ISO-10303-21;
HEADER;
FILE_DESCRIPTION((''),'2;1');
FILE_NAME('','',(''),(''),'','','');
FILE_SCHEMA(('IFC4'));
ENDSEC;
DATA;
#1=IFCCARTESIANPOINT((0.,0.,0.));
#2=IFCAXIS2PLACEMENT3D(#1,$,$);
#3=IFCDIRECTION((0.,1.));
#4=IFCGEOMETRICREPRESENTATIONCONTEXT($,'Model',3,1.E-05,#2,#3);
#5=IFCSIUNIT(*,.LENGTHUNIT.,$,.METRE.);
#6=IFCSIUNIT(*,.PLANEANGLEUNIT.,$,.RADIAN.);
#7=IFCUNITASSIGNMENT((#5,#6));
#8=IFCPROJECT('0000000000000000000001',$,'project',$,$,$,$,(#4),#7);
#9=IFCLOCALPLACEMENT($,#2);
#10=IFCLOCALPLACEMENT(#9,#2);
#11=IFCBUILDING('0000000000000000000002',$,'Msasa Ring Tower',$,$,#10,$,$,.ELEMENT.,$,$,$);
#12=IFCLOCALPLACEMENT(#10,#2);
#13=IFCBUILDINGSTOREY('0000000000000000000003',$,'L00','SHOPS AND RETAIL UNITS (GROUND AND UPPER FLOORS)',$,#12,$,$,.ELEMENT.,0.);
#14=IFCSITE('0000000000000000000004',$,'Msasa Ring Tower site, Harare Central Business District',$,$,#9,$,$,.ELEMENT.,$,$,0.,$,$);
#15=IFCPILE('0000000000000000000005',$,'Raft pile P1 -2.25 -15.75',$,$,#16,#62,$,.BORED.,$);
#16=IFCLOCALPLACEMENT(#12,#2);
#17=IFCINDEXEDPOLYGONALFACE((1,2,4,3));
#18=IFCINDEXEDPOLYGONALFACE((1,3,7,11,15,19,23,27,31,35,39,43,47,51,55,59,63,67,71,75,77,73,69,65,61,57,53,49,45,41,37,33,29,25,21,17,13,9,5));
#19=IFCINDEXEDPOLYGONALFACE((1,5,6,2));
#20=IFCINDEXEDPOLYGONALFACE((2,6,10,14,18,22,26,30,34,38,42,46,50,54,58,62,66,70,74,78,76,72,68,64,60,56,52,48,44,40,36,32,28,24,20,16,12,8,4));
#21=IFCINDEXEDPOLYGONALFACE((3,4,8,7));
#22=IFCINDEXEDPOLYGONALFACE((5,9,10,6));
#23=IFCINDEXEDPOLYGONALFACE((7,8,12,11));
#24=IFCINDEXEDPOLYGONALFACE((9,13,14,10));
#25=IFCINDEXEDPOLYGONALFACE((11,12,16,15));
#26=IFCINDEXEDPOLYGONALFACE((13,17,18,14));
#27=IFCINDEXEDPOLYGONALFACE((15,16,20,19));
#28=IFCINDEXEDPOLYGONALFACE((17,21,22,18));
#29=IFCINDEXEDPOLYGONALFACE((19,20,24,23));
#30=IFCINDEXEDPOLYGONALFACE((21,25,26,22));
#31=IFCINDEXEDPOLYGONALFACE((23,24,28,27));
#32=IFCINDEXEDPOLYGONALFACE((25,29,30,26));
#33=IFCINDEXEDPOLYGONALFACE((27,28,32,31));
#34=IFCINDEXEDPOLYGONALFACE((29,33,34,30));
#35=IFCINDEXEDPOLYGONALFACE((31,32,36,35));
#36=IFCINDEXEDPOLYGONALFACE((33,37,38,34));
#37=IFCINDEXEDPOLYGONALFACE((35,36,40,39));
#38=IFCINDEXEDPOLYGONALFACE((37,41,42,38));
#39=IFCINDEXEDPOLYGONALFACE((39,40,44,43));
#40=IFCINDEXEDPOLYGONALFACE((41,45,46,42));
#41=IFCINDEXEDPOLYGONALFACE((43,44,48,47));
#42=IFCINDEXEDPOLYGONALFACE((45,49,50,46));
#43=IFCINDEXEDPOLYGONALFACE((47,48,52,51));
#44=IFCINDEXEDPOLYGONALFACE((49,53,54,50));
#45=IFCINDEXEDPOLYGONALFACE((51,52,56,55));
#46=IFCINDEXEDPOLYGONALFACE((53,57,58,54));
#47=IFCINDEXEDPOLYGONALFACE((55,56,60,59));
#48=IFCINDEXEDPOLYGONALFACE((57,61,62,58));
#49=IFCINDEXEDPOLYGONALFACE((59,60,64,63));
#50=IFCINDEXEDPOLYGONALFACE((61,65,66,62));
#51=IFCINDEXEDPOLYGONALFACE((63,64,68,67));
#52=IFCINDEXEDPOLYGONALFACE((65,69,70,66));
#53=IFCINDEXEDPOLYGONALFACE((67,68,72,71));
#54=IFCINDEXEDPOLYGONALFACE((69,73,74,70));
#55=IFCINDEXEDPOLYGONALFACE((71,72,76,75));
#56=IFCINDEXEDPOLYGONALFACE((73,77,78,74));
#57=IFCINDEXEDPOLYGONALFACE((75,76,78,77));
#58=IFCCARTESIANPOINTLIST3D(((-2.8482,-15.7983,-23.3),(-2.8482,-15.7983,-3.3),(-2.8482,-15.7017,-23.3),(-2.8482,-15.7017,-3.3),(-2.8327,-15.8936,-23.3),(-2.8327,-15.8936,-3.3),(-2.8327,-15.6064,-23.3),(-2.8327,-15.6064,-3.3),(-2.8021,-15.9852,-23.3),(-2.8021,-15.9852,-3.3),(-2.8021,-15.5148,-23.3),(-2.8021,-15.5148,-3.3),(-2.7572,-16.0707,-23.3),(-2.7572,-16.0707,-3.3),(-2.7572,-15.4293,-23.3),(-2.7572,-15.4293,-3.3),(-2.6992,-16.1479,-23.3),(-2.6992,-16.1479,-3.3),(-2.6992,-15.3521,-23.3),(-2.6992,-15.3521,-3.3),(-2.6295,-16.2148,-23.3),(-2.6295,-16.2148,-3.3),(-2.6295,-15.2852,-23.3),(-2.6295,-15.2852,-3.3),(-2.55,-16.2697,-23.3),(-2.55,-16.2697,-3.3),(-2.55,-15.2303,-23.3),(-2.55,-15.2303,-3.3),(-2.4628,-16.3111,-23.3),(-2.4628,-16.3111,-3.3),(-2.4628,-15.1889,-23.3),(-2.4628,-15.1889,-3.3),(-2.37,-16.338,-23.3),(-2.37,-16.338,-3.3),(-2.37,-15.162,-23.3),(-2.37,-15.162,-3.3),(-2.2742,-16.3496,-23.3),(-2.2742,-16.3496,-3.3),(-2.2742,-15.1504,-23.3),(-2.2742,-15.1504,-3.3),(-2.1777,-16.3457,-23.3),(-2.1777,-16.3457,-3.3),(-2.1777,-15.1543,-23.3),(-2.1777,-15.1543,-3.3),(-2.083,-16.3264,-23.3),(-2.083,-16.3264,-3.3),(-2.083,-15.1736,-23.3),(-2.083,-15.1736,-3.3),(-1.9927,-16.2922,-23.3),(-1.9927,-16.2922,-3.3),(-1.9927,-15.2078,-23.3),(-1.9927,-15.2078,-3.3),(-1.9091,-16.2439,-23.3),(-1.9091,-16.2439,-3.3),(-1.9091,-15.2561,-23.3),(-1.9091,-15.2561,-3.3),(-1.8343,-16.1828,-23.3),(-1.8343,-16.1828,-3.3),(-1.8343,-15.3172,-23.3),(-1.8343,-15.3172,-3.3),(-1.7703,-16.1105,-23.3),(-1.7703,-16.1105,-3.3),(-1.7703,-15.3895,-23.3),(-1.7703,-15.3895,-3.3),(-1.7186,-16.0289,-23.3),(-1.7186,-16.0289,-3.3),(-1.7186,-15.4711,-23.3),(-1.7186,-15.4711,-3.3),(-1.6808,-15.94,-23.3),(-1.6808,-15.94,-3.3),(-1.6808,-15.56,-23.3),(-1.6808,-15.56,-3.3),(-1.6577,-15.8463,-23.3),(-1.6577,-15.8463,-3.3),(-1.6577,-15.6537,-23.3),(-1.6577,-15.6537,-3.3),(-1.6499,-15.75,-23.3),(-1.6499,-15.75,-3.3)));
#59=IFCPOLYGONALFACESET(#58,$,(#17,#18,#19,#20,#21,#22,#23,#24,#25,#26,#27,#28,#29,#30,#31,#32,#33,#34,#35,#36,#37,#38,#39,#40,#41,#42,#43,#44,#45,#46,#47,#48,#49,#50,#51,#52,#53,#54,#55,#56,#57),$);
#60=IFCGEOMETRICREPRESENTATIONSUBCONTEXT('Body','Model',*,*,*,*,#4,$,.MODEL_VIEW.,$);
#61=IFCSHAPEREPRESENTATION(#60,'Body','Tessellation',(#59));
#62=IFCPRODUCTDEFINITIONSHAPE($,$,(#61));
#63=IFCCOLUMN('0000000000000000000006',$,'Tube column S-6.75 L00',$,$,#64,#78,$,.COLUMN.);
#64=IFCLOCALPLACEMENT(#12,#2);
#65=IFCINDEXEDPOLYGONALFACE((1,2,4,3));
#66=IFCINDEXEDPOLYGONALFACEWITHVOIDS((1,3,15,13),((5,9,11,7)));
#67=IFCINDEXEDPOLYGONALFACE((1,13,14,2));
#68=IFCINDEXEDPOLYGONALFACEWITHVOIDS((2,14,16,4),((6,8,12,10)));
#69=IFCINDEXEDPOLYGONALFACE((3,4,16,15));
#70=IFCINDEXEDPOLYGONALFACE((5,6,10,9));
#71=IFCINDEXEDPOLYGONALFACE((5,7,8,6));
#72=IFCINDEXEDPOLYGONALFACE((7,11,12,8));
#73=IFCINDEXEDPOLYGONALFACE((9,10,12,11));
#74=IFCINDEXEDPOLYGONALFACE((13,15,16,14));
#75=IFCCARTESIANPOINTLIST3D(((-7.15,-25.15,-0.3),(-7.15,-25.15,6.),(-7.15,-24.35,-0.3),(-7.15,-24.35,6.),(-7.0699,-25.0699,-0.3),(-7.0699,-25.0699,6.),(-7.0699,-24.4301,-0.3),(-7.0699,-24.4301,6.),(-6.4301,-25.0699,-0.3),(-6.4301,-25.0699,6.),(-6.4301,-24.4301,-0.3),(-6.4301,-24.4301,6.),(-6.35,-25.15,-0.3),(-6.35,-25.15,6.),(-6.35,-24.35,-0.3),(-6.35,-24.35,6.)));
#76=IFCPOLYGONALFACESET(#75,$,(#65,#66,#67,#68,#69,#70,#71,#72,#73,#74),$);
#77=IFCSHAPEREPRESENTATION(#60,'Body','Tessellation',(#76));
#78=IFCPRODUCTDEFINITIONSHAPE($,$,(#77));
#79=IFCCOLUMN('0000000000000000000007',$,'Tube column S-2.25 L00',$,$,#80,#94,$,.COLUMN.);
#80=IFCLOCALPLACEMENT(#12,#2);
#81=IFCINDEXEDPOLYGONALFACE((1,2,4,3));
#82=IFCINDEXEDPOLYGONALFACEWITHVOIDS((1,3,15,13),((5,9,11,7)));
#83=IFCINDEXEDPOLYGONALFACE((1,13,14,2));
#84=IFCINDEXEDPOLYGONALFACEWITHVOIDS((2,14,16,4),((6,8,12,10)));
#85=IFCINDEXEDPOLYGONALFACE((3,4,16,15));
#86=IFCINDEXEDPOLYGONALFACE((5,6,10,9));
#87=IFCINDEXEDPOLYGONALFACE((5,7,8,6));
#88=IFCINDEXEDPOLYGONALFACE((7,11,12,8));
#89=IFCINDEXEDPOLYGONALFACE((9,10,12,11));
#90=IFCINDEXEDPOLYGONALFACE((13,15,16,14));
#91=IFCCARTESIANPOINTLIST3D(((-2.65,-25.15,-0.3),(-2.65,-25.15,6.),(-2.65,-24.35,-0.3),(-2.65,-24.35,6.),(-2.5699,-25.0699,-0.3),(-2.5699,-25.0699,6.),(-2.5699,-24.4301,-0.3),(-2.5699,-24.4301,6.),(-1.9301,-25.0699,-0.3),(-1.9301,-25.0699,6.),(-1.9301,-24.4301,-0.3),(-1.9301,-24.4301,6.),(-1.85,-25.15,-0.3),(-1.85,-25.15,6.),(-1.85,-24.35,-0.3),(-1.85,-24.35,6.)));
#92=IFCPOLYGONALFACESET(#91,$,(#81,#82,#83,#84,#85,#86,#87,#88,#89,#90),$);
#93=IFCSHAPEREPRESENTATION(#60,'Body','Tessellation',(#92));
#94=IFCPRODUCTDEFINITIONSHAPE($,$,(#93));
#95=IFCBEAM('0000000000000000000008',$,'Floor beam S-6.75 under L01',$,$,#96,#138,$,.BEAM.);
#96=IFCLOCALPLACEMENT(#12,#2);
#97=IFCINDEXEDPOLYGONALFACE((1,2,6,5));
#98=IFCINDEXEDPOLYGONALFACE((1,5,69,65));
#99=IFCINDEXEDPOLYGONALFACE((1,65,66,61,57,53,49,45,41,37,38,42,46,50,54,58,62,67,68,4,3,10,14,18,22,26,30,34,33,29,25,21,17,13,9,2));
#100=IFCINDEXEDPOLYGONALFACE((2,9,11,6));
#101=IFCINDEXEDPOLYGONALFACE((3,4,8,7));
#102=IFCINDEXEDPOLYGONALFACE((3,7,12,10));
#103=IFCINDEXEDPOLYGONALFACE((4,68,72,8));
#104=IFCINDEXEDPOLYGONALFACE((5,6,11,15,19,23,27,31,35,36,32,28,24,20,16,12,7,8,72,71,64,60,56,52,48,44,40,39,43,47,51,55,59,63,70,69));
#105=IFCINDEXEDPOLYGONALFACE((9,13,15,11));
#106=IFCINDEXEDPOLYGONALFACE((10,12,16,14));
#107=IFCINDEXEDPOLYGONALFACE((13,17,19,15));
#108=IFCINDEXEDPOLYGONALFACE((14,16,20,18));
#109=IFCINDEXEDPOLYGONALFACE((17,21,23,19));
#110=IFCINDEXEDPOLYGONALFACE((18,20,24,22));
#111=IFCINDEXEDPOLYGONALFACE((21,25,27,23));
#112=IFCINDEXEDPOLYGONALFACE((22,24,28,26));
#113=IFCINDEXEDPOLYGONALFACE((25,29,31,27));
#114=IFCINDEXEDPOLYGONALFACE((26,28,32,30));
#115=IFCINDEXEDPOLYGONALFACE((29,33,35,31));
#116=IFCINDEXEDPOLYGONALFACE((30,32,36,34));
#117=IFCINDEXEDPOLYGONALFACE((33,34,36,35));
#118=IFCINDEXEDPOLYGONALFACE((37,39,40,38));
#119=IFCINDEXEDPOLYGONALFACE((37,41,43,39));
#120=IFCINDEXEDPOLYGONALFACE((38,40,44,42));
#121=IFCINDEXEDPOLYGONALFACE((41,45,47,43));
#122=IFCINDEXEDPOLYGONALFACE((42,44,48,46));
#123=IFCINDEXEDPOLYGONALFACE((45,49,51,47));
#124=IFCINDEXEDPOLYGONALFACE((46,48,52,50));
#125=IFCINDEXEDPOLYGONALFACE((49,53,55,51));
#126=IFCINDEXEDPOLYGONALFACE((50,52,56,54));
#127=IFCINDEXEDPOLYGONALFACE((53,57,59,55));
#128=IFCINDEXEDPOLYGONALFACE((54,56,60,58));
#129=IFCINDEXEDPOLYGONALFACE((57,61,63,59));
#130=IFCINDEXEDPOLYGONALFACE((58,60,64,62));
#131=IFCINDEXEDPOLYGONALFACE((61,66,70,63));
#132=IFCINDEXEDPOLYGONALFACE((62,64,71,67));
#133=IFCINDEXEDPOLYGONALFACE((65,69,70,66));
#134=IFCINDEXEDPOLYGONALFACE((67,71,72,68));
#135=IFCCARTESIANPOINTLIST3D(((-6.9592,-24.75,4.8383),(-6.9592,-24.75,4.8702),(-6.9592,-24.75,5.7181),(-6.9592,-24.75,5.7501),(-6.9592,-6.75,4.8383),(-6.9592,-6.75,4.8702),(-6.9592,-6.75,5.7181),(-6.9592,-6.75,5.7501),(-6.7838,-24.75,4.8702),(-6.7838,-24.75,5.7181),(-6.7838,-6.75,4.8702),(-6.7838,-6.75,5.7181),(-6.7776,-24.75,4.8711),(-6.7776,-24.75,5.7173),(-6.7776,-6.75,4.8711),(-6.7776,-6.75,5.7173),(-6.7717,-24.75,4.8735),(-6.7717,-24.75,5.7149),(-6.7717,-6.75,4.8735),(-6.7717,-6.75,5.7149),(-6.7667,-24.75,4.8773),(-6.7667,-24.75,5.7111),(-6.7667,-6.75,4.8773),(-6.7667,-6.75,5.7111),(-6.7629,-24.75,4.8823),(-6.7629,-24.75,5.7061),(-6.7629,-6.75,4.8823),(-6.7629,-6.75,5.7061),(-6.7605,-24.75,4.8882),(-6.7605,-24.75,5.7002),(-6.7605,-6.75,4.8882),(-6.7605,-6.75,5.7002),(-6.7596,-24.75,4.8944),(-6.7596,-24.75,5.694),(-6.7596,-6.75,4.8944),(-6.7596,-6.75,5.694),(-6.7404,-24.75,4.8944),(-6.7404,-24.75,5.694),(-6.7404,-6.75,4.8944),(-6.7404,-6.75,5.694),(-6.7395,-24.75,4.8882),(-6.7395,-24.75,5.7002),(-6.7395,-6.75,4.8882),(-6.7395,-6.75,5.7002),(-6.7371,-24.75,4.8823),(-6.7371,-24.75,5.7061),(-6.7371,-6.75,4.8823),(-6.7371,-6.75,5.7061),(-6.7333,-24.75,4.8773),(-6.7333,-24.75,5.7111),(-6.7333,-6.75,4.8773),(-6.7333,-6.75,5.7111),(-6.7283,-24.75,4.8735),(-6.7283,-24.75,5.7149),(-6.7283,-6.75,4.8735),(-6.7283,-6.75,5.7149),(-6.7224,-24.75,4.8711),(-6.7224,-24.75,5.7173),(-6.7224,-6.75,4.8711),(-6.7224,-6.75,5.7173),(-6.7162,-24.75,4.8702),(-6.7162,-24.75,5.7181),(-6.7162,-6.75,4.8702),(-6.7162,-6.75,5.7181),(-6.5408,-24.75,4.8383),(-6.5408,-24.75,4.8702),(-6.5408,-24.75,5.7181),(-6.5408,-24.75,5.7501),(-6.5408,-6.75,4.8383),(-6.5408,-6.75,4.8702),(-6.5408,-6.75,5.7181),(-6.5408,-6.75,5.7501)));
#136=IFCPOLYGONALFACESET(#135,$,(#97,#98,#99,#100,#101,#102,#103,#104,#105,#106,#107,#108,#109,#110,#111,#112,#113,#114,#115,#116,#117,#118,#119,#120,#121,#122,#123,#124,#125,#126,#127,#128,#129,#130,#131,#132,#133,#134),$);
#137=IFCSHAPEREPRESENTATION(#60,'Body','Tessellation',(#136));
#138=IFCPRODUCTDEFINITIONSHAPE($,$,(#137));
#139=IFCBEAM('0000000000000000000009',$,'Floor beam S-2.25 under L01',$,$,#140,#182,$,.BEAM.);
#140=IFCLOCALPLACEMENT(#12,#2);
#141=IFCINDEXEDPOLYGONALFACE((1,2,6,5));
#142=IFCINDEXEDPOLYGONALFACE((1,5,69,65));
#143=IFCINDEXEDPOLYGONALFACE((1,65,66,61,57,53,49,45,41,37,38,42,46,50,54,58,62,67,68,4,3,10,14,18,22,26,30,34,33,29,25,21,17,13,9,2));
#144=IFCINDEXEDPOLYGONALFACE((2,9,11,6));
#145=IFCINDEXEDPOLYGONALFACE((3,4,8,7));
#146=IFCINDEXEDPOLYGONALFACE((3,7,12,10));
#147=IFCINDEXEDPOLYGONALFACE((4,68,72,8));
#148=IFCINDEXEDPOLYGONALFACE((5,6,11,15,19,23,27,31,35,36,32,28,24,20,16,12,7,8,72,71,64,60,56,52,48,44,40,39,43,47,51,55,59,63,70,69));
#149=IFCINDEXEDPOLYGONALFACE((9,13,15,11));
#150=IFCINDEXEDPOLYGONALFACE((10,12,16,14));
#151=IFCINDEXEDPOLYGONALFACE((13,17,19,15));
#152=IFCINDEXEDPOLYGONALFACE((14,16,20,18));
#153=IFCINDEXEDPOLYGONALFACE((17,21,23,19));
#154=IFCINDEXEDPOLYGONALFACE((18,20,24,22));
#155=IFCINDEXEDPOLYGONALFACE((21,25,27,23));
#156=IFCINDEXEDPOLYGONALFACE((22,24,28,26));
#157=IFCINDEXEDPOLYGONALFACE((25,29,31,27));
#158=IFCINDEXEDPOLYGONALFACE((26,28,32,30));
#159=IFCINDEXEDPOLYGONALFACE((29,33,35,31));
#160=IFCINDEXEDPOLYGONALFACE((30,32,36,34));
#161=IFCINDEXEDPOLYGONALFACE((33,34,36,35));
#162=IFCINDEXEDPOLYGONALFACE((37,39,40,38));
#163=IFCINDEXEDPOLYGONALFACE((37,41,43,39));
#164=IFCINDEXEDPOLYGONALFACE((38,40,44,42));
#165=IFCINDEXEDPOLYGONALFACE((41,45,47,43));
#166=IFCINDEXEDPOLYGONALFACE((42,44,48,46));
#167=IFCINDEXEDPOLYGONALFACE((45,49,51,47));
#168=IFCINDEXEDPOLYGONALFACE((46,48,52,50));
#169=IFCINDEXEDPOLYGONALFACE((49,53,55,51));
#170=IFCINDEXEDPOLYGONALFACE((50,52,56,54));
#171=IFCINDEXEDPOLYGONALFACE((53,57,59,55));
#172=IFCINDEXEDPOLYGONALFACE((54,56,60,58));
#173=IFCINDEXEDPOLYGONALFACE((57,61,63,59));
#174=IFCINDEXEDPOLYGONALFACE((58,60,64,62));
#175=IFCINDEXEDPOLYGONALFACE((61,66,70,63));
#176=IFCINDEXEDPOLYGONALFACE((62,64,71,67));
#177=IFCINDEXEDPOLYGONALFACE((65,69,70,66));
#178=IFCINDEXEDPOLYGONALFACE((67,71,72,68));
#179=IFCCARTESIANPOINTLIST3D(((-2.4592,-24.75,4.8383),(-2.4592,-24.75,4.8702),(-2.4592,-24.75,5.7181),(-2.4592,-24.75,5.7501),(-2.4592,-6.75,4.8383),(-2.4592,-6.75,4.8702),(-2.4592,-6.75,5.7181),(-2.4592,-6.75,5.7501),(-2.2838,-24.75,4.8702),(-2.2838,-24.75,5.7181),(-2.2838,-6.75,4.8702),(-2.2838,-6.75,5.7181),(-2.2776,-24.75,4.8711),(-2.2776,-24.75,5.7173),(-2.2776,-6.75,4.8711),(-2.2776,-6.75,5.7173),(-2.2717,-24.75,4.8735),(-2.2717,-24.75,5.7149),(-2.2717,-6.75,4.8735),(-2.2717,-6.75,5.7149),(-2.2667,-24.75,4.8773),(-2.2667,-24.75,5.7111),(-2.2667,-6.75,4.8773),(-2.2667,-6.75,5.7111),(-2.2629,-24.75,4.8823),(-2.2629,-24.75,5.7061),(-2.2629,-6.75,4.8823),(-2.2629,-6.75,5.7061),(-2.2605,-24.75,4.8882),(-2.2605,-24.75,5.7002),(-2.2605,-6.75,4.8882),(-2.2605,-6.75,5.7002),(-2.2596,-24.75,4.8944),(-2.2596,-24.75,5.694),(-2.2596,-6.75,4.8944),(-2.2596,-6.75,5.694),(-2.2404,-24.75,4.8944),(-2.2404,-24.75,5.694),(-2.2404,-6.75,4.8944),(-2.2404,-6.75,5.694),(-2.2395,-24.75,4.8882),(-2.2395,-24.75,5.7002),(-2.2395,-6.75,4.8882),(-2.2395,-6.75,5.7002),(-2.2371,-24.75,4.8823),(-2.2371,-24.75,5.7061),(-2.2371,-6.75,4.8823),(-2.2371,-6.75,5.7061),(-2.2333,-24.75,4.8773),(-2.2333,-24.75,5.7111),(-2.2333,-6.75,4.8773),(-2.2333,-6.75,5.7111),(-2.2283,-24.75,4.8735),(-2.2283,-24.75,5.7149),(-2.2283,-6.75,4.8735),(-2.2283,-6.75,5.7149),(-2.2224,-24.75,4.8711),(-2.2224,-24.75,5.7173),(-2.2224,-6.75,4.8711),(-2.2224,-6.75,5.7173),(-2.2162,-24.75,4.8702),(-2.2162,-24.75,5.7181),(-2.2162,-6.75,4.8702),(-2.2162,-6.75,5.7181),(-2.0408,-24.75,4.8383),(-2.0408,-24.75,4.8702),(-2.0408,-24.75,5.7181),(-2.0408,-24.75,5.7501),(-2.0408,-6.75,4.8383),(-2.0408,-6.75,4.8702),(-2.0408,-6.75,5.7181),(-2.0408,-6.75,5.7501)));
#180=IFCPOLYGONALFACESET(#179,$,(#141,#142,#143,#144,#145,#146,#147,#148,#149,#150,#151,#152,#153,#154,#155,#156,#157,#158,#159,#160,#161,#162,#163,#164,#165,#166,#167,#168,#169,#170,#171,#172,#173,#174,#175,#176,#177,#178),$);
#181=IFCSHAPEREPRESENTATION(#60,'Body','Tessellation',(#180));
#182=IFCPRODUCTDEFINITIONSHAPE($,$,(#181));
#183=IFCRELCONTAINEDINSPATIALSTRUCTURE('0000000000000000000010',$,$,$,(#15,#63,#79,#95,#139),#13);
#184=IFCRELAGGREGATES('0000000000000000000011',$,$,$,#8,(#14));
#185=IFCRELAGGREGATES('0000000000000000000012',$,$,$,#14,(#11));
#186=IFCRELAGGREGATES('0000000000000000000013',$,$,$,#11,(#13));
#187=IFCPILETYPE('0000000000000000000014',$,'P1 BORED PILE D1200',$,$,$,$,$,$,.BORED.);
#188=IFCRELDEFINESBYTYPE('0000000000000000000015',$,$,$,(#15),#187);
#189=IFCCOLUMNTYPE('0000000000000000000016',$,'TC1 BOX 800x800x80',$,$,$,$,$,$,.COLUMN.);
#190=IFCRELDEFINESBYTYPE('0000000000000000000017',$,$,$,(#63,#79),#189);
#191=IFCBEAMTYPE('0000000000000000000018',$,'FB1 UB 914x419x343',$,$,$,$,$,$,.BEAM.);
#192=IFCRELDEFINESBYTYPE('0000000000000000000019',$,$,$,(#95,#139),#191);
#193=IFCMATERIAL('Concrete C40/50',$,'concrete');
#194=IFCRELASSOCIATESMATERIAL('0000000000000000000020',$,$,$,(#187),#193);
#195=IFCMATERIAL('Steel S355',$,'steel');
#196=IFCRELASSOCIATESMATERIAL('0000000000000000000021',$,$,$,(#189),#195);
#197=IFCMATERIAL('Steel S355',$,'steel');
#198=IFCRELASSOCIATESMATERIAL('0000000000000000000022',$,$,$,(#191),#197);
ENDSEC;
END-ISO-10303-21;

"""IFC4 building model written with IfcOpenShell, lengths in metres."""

from ifc_helpers import new_model, si_unit, direction, frame, origin, origin_2d, place, context, subcontext, project, spatial, hollow_rectangle, circle, i_section, extrude, material, material_profile, profile_set, type_object, element, save


model = new_model("IFC4")

# Units and contexts
model_context = context("Model", 3, precision=1e-05, world=origin(), true_north=direction((0.0, 1.0)))
body_context = subcontext(model_context, "Body", "Model", "MODEL_VIEW")
ifc_project = project(units=[si_unit("LENGTHUNIT", "METRE"), si_unit("PLANEANGLEUNIT", "RADIAN")], contexts=[model_context])

# Site, building, storey
site_placement = place(None, origin())
site = spatial("IfcSite", under=ifc_project, at=site_placement, Name="Msasa Ring Tower site, Harare Central Business District", CompositionType="ELEMENT", RefElevation=0.0)
building_placement = place(site_placement, origin())
building = spatial("IfcBuilding", under=site, at=building_placement, Name="Msasa Ring Tower", CompositionType="ELEMENT")
storey_placement = place(building_placement, origin())
storey = spatial("IfcBuildingStorey", under=building, at=storey_placement, Name="L00", Description="SHOPS AND RETAIL UNITS (GROUND AND UPPER FLOORS)", CompositionType="ELEMENT", Elevation=0.0)

# Pile
ifc_material_1 = material(Name="Concrete C40/50", Category="concrete")
ifc_material_profile_1 = material_profile(ifc_material_1, circle(Radius=0.6001, at=origin_2d()), Name="D1200")
ifc_profile_set_1 = profile_set([ifc_material_profile_1], Name="Concrete C40/50")
pile_type = type_object("IfcPileType", Name="P1 BORED PILE D1200", PredefinedType="BORED", material=ifc_profile_set_1)
for number, where, z_axis, x_axis, name in (
    (1, (-2.25, -15.75, -3.3), (0.0, 0.0, -1.0), (1.0, 0.0, 0.0), "Raft pile P1 -2.25 -15.75"),
):
    element("IfcPile", number, at=place(storey_placement, frame(where, z_axis=z_axis, x_axis=x_axis)), inside=storey, type_object=pile_type, Name=name, PredefinedType="BORED", context=body_context, shape_type="SweptSolid", body=[
        extrude(circle(Radius=0.6001, at=origin_2d()), origin(), (0.0, 0.0, 1.0), 20.0),
    ])

# Columns
ifc_material_2 = material(Name="Steel S355", Category="steel")
ifc_material_profile_2 = material_profile(ifc_material_2, hollow_rectangle(XDim=0.8, YDim=0.8, WallThickness=0.0801, at=origin_2d()), Name="BOX 800x800x80")
ifc_profile_set_2 = profile_set([ifc_material_profile_2], Name="Steel S355")
column_type = type_object("IfcColumnType", Name="TC1 BOX 800x800x80", PredefinedType="COLUMN", material=ifc_profile_set_2)
for number, where, z_axis, x_axis, name in (
    (2, (-6.75, -24.75, -0.3), (0.0, 0.0, 1.0), (0.0, 1.0, 0.0), "Tube column S-6.75 L00"),
    (3, (-2.25, -24.75, -0.3), (0.0, 0.0, 1.0), (0.0, 1.0, 0.0), "Tube column S-2.25 L00"),
):
    element("IfcColumn", number, at=place(storey_placement, frame(where, z_axis=z_axis, x_axis=x_axis)), inside=storey, type_object=column_type, Name=name, PredefinedType="COLUMN", context=body_context, shape_type="SweptSolid", body=[
        extrude(hollow_rectangle(XDim=0.8, YDim=0.8, WallThickness=0.0801, at=origin_2d()), origin(), (0.0, 0.0, 1.0), 6.3),
    ])

# Beams
ifc_material_3 = material(Name="Steel S355", Category="steel")
ifc_material_profile_3 = material_profile(ifc_material_3, i_section(OverallWidth=0.4185, OverallDepth=0.9119, WebThickness=0.0193, FlangeThickness=0.032, FilletRadius=0.0242, at=origin_2d()), Name="UB 914x419x343")
ifc_profile_set_3 = profile_set([ifc_material_profile_3], Name="Steel S355")
beam_type_1 = type_object("IfcBeamType", Name="FB1 UB 914x419x343", PredefinedType="BEAM", material=ifc_profile_set_3)
for number, where, z_axis, x_axis, name in (
    (4, (-6.75, -24.75, 5.2942), (0.0, 1.0, 0.0), (-1.0, 0.0, 0.0), "Floor beam S-6.75 under L01"),
    (5, (-2.25, -24.75, 5.2942), (0.0, 1.0, 0.0), (-1.0, 0.0, 0.0), "Floor beam S-2.25 under L01"),
):
    element("IfcBeam", number, at=place(storey_placement, frame(where, z_axis=z_axis, x_axis=x_axis)), inside=storey, type_object=beam_type_1, Name=name, PredefinedType="BEAM", context=body_context, shape_type="SweptSolid", body=[
        extrude(i_section(OverallWidth=0.4185, OverallDepth=0.9119, WebThickness=0.0193, FlangeThickness=0.032, FilletRadius=0.0242, at=origin_2d()), origin(), (0.0, 0.0, 1.0), 18.0),
    ])

save(model, "model.ifc")
